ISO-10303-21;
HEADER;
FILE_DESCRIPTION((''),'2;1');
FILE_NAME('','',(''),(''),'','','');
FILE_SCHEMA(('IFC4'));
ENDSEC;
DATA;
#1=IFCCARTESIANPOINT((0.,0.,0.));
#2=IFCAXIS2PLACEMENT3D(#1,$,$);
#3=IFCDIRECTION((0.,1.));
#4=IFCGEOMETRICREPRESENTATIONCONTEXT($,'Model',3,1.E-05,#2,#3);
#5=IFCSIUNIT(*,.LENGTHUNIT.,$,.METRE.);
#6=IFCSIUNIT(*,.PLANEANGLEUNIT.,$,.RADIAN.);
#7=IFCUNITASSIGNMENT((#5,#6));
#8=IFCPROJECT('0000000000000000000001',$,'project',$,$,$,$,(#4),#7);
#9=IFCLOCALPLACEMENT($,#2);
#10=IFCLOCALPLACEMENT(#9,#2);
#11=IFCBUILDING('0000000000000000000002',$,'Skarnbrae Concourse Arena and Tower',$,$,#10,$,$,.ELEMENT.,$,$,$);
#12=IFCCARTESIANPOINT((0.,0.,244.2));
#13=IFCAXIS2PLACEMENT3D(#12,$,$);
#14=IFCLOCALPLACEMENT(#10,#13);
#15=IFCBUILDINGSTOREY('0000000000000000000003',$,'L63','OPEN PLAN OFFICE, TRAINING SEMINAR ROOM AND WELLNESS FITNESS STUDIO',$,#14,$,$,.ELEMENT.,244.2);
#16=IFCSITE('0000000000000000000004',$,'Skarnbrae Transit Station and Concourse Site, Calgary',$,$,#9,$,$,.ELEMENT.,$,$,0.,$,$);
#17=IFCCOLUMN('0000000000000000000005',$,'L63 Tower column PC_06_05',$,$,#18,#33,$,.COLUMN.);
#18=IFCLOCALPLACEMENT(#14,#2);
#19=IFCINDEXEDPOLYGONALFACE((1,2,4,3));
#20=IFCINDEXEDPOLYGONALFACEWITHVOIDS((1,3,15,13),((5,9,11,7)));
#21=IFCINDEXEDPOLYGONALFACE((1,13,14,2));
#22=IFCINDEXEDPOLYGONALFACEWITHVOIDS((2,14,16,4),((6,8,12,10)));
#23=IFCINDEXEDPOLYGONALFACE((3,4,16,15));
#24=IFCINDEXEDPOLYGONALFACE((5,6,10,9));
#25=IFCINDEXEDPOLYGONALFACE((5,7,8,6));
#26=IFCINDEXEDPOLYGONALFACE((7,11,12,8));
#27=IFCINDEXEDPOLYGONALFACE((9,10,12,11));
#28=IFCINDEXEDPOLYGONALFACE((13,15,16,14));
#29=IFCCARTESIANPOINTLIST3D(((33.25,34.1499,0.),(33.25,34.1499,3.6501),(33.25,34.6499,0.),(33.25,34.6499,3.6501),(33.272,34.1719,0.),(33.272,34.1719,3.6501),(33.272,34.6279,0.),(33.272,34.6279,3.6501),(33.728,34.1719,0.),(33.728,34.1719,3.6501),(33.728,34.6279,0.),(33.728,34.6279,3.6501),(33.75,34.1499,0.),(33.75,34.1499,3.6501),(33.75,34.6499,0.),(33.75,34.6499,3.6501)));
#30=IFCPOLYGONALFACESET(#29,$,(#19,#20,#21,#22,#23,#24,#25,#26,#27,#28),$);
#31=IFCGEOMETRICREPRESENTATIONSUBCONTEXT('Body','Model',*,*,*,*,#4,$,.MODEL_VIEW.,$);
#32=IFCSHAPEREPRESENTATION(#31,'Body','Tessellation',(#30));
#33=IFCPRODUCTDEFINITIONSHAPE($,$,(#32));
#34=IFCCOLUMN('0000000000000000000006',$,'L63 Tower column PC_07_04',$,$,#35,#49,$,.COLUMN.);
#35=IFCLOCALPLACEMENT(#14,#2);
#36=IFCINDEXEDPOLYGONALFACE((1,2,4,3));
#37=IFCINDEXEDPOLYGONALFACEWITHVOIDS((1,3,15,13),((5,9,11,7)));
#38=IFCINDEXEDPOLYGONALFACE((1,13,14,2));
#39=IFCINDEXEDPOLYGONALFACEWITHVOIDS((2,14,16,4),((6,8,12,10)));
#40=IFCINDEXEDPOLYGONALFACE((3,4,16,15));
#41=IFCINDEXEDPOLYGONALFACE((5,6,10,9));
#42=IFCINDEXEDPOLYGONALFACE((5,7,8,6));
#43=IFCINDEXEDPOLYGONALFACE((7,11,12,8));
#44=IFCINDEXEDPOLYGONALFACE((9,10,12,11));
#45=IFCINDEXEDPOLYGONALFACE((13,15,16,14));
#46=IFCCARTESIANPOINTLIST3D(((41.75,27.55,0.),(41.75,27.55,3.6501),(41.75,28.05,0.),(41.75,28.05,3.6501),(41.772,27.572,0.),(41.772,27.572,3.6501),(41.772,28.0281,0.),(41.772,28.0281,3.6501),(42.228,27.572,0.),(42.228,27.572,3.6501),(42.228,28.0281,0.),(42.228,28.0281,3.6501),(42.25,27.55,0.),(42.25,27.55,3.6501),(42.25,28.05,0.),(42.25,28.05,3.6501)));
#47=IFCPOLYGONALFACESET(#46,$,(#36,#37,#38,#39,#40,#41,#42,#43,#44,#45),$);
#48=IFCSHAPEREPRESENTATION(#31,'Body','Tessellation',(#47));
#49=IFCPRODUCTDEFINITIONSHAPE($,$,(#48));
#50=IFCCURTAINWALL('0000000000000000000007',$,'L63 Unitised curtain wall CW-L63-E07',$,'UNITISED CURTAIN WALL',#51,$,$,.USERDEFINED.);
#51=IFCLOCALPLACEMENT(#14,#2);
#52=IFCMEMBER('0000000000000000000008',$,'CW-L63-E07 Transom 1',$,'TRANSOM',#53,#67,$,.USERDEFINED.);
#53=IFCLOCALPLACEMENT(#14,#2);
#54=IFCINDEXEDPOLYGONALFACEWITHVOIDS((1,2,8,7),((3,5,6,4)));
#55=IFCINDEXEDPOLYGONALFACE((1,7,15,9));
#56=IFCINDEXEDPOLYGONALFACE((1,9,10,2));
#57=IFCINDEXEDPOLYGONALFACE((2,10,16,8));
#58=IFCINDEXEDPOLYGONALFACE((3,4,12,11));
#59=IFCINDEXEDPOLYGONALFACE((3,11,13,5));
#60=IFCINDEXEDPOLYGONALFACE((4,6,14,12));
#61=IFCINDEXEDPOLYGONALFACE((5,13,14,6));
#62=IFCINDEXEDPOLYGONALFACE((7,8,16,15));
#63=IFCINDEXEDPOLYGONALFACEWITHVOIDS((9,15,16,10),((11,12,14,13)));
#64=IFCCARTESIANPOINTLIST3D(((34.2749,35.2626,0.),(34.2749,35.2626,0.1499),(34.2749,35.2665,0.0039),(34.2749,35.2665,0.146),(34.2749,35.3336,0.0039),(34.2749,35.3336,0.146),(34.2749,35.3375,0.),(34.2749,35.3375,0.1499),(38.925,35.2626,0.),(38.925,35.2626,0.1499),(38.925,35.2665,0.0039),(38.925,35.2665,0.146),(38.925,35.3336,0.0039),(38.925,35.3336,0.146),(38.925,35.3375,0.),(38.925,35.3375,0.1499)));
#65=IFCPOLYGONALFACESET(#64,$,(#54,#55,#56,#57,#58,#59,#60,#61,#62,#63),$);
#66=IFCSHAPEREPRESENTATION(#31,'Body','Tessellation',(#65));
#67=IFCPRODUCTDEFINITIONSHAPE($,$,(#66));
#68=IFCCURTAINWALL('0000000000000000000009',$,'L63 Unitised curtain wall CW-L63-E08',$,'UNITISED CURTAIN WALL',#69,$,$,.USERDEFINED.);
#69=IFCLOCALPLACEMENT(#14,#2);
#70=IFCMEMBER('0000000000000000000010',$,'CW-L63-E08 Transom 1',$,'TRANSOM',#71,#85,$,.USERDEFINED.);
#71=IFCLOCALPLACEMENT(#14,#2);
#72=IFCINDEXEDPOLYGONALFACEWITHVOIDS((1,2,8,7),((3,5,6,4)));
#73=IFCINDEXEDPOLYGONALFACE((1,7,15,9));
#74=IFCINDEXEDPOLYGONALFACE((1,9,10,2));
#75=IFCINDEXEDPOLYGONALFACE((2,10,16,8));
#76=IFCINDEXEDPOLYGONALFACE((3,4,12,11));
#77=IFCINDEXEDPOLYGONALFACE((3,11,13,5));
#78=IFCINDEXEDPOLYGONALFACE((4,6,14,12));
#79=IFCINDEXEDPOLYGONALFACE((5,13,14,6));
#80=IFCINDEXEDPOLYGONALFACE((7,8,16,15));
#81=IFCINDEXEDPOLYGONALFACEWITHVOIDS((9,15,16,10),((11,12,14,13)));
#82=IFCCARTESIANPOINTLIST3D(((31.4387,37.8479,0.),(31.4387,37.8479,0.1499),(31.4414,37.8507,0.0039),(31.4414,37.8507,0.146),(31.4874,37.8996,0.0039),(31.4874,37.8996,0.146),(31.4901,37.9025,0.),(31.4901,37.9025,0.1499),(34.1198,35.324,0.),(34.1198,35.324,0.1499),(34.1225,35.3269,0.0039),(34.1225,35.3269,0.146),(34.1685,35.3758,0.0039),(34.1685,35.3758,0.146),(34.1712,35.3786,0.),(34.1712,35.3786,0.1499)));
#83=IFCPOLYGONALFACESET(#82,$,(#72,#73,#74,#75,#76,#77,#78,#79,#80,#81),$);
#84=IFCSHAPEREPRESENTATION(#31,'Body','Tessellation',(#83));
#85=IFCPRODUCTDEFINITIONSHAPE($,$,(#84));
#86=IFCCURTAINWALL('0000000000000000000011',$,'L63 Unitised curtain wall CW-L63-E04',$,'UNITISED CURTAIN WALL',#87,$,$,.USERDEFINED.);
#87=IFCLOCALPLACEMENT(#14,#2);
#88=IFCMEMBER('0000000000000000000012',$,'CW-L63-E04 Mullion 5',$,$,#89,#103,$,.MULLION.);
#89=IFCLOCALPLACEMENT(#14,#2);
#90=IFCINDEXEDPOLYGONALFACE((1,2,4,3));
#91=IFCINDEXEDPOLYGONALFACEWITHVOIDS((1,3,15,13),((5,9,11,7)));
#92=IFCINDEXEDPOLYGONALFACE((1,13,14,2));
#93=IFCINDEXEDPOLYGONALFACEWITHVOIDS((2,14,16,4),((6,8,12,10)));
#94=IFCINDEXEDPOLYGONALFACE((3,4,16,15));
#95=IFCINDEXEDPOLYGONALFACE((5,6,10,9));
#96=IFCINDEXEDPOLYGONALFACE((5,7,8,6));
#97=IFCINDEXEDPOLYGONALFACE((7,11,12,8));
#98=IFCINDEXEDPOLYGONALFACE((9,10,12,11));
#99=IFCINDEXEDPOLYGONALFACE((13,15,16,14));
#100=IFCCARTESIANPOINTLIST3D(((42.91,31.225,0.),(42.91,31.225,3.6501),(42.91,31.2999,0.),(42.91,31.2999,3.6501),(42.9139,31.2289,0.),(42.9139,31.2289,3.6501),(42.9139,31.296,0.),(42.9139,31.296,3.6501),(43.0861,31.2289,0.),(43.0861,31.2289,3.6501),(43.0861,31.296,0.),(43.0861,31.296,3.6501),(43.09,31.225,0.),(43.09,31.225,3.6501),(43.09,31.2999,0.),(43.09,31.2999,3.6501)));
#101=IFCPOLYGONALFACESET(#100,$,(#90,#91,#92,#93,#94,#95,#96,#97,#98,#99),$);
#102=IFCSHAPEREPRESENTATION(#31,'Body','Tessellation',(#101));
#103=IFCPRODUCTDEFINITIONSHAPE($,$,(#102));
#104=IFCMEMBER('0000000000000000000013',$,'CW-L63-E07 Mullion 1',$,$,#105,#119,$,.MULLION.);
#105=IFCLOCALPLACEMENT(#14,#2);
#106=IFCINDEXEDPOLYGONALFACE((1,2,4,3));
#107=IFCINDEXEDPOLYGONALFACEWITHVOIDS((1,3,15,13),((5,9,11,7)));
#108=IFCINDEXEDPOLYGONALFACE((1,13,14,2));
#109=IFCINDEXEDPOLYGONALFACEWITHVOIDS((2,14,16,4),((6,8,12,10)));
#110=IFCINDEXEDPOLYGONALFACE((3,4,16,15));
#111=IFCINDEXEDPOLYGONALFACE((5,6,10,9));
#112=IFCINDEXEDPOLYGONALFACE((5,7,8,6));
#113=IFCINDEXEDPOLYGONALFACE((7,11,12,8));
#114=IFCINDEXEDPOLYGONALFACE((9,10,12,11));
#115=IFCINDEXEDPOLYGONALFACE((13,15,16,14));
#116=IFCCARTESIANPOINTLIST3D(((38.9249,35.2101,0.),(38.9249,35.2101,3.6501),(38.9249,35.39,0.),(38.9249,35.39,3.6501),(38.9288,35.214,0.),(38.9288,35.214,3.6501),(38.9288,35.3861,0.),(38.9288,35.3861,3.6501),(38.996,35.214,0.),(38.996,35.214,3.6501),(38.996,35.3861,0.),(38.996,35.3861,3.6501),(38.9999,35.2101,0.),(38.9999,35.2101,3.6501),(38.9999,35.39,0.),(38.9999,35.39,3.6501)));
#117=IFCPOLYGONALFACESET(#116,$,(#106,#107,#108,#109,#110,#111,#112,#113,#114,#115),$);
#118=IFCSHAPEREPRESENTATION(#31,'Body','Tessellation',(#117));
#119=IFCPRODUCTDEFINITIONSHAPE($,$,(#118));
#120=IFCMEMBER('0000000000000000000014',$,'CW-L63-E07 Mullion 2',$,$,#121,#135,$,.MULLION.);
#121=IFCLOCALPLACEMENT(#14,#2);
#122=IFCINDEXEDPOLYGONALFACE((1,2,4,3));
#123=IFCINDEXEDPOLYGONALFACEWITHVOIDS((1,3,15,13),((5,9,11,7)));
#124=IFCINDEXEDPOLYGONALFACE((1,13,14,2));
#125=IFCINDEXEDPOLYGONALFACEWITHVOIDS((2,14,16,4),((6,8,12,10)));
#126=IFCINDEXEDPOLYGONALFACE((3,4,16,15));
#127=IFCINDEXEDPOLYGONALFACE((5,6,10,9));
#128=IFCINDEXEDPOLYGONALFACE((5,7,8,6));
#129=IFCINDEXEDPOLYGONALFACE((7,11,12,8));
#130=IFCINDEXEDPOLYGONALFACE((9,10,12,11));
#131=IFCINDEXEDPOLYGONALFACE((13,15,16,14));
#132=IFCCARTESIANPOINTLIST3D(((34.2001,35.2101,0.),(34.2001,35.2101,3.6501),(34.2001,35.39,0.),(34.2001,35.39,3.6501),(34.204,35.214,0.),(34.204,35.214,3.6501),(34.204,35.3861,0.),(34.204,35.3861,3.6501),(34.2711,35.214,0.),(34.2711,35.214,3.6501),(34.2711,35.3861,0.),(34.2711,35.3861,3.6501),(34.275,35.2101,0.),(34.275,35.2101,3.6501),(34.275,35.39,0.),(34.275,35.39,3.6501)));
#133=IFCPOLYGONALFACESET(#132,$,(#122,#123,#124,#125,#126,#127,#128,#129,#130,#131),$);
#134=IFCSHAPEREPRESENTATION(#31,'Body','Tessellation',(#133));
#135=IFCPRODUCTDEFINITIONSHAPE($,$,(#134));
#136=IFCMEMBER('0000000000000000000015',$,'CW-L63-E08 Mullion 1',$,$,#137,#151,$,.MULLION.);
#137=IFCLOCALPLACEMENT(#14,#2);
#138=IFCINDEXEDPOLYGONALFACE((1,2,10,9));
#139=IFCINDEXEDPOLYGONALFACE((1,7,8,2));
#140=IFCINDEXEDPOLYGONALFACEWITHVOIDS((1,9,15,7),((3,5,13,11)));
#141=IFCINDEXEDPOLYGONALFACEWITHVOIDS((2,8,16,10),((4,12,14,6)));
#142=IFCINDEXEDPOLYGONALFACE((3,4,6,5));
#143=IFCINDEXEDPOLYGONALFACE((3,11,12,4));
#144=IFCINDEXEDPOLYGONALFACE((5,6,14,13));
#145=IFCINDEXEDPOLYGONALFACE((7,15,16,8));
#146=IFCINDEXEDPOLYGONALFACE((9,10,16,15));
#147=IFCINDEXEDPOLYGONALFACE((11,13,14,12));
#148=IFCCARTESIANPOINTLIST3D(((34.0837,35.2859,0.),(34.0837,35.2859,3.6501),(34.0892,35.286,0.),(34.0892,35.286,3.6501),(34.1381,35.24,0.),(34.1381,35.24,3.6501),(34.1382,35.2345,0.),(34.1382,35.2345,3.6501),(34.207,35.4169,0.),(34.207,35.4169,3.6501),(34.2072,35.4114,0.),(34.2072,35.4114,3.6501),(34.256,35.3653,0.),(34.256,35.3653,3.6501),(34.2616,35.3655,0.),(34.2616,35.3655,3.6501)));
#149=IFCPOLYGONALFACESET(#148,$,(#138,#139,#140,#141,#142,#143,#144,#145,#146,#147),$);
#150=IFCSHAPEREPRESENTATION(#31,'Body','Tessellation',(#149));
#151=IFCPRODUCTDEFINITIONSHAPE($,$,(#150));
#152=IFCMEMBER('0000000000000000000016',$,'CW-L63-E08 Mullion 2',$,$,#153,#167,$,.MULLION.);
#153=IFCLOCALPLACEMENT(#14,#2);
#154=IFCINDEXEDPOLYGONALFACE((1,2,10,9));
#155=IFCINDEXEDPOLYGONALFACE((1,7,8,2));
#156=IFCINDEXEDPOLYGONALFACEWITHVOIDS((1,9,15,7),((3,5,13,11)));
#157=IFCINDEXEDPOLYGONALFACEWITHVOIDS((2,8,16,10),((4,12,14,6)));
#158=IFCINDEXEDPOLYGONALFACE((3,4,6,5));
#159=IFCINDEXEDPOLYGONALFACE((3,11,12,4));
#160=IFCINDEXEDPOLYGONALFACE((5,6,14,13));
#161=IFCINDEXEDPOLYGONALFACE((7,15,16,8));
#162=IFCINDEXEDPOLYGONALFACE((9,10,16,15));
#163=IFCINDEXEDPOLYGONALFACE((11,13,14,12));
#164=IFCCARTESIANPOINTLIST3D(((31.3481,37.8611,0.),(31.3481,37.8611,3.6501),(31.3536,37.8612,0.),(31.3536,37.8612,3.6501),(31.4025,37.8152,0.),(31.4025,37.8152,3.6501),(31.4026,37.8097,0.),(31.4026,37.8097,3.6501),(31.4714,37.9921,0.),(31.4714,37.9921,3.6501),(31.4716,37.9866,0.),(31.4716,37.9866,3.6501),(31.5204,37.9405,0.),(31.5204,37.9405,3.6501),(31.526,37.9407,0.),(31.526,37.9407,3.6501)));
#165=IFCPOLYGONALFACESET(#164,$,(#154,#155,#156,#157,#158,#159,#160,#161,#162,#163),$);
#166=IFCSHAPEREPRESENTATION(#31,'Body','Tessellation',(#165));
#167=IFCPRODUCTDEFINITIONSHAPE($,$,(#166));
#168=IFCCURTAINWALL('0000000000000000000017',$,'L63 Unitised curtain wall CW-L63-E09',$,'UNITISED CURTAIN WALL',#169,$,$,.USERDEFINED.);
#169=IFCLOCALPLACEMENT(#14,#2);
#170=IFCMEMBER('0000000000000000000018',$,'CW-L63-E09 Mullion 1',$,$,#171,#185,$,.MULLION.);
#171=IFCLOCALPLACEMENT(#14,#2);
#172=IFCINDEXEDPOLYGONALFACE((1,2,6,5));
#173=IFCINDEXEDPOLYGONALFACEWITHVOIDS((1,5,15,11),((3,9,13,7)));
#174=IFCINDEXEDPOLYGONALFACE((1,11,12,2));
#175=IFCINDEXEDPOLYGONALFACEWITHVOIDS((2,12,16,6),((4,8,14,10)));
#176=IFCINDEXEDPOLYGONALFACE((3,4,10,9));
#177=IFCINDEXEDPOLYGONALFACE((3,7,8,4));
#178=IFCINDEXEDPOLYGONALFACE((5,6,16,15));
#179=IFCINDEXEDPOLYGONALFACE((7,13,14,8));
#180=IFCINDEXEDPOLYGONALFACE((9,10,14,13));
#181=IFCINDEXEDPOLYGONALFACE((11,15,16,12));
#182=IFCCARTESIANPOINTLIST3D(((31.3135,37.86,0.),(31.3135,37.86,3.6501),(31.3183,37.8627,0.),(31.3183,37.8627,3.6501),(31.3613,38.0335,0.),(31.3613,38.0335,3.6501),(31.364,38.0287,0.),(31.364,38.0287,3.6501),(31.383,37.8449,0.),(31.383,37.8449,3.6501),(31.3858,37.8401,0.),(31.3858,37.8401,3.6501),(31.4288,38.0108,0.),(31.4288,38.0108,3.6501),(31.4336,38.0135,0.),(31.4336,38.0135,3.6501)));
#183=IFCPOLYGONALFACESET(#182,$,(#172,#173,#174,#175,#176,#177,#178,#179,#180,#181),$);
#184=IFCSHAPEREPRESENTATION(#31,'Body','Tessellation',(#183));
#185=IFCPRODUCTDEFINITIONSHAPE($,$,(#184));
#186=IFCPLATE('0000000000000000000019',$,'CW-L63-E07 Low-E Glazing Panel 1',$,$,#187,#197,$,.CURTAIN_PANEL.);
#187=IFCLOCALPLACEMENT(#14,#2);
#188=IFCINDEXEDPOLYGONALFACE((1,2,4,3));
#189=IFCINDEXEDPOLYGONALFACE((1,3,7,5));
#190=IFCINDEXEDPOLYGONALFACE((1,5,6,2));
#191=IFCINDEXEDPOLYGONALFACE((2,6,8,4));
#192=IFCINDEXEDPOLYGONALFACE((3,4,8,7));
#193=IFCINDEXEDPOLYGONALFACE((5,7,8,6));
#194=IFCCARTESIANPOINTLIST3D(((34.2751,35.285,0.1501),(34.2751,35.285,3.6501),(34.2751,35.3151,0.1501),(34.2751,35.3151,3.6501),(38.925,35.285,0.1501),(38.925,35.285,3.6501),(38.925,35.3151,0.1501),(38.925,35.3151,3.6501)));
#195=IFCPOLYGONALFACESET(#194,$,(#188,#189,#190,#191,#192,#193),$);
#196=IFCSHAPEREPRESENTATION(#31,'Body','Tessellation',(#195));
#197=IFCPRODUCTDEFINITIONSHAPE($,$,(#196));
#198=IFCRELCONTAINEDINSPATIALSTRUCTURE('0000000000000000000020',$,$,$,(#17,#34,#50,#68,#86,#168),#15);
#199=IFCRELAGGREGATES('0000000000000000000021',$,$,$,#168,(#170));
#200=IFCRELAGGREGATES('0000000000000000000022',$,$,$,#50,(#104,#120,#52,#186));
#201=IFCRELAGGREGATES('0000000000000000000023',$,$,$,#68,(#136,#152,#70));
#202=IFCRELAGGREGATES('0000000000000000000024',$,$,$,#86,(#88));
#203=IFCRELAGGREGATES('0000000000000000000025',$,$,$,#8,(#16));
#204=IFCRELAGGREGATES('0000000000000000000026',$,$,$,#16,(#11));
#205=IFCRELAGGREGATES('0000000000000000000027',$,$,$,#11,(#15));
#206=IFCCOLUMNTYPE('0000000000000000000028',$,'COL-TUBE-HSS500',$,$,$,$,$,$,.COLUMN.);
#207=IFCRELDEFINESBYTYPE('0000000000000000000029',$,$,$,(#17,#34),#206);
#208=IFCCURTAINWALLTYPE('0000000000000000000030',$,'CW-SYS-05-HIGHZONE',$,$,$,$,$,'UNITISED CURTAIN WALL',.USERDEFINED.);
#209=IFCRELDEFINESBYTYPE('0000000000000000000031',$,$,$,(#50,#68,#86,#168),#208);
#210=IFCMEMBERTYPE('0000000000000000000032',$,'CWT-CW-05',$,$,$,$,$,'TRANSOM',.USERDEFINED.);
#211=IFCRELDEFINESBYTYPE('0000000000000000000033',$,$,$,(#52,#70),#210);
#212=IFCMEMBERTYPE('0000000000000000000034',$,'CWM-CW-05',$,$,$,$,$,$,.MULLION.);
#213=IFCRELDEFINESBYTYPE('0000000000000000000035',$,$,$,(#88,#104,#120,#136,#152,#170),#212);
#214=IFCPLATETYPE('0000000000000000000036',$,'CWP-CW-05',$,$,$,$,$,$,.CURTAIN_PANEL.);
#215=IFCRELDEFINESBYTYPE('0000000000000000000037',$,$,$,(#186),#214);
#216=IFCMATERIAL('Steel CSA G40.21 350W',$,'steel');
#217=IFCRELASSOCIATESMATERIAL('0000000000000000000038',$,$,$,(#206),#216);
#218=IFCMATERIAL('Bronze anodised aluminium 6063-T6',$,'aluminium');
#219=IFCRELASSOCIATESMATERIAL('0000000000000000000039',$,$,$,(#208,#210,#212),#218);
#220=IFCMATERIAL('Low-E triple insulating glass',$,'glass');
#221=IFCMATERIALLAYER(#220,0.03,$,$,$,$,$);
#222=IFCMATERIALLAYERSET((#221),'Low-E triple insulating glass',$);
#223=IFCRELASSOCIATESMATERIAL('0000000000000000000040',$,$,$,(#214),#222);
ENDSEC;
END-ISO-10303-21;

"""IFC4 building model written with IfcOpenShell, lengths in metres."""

from ifc_helpers import new_model, si_unit, direction, frame, origin, origin_2d, place, context, subcontext, project, spatial, rectangle, hollow_rectangle, extrude, source, transform, mapped, material, layer, layer_set, material_profile, profile_set, type_object, element, aggregate, save


model = new_model("IFC4")

# Units and contexts
model_context = context("Model", 3, precision=1e-05, world=origin(), true_north=direction((0.0, 1.0)))
body_context = subcontext(model_context, "Body", "Model", "MODEL_VIEW")
ifc_project = project(units=[si_unit("LENGTHUNIT", "METRE"), si_unit("PLANEANGLEUNIT", "RADIAN")], contexts=[model_context])

# Site, building, storey
site_placement = place(None, origin())
site = spatial("IfcSite", under=ifc_project, at=site_placement, Name="Skarnbrae Transit Station and Concourse Site, Calgary", CompositionType="ELEMENT", RefElevation=0.0)
building_placement = place(site_placement, origin())
building = spatial("IfcBuilding", under=site, at=building_placement, Name="Skarnbrae Concourse Arena and Tower", CompositionType="ELEMENT")
storey_placement = place(building_placement, frame((0.0, 0.0, 244.2)))
storey = spatial("IfcBuildingStorey", under=building, at=storey_placement, Name="L63", Description="OPEN PLAN OFFICE, TRAINING SEMINAR ROOM AND WELLNESS FITNESS STUDIO", CompositionType="ELEMENT", Elevation=244.2)

# Columns
ifc_material_1 = material(Name="Steel CSA G40.21 350W", Category="steel")
ifc_material_profile_1 = material_profile(ifc_material_1, hollow_rectangle(XDim=0.5, YDim=0.5, WallThickness=0.022, at=origin_2d()), Name="HSS500X500X22.0")
ifc_profile_set_1 = profile_set([ifc_material_profile_1], Name="Steel CSA G40.21 350W")
column_type = type_object("IfcColumnType", Name="COL-TUBE-HSS500", PredefinedType="COLUMN", material=ifc_profile_set_1)
shared_shape_1 = source(origin(), body_context, "Body", "SweptSolid", [
    extrude(hollow_rectangle(XDim=0.5, YDim=0.5, WallThickness=0.022, at=origin_2d()), origin(), (0.0, 0.0, 1.0), 3.6501),
])
for number, where, z_axis, x_axis, name in (
    (1, (33.5, 34.3999, 0.0), (0.0, 0.0, 1.0), (1.0, 0.0, 0.0), "L63 Tower column PC_06_05"),
    (2, (42.0, 27.8, 0.0), (0.0, 0.0, 1.0), (1.0, 0.0, 0.0), "L63 Tower column PC_07_04"),
):
    element("IfcColumn", number, at=place(storey_placement, frame(where, z_axis=z_axis, x_axis=x_axis)), inside=storey, type_object=column_type, Name=name, PredefinedType="COLUMN", context=body_context, shape_type="MappedRepresentation", body=[
        mapped(shared_shape_1, transform((0.0, 0.0, 0.0))),
    ])

# Curtain walls, members
ifc_material_2 = material(Name="Bronze anodised aluminium 6063-T6", Category="aluminium")
curtain_wall_type = type_object("IfcCurtainWallType", Name="CW-SYS-05-HIGHZONE", ElementType="UNITISED CURTAIN WALL", PredefinedType="USERDEFINED", material=ifc_material_2)
curtain_wall_1_placement = place(storey_placement, origin())
curtain_wall_1 = element("IfcCurtainWall", 3, at=curtain_wall_1_placement, inside=storey, type_object=curtain_wall_type, Name="L63 Unitised curtain wall CW-L63-E07", ObjectType="UNITISED CURTAIN WALL", PredefinedType="USERDEFINED")
ifc_material_profile_2 = material_profile(ifc_material_2, hollow_rectangle(XDim=0.075, YDim=0.1499, WallThickness=0.0039, at=origin_2d()), Name="ALU-TRAN-75X150")
ifc_profile_set_2 = profile_set([ifc_material_profile_2], Name="Bronze anodised aluminium 6063-T6")
member_type_1 = type_object("IfcMemberType", Name="CWT-CW-05", ElementType="TRANSOM", PredefinedType="USERDEFINED", material=ifc_profile_set_2)
shared_shape_2 = source(origin(), body_context, "Body", "SweptSolid", [
    extrude(hollow_rectangle(XDim=0.075, YDim=0.1499, WallThickness=0.0039, at=origin_2d()), origin(), (0.0, 0.0, 1.0), 4.6501),
])
member_1_placement = place(storey_placement, frame((38.925, 35.3, 0.075), z_axis=(-1.0, 0.0, 0.0), x_axis=(0.0, -1.0, 0.0)))
member_1 = element("IfcMember", 4, at=member_1_placement, type_object=member_type_1, Name="CW-L63-E07 Transom 1", ObjectType="TRANSOM", PredefinedType="USERDEFINED", context=body_context, shape_type="MappedRepresentation", body=[
    mapped(shared_shape_2, transform((0.0, 0.0, 0.0))),
])
curtain_wall_2_placement = place(storey_placement, origin())
curtain_wall_2 = element("IfcCurtainWall", 5, at=curtain_wall_2_placement, inside=storey, type_object=curtain_wall_type, Name="L63 Unitised curtain wall CW-L63-E08", ObjectType="UNITISED CURTAIN WALL", PredefinedType="USERDEFINED")
shared_shape_3 = source(origin(), body_context, "Body", "SweptSolid", [
    extrude(hollow_rectangle(XDim=0.075, YDim=0.1499, WallThickness=0.0039, at=origin_2d()), origin(), (0.0, 0.0, 1.0), 3.6821),
])
member_2_placement = place(storey_placement, frame((34.1455, 35.3513, 0.075), z_axis=(-0.728134, 0.685435, 0.0), x_axis=(-0.685435, -0.728134, 0.0)))
member_2 = element("IfcMember", 6, at=member_2_placement, type_object=member_type_1, Name="CW-L63-E08 Transom 1", ObjectType="TRANSOM", PredefinedType="USERDEFINED", context=body_context, shape_type="MappedRepresentation", body=[
    mapped(shared_shape_3, transform((0.0, 0.0, 0.0))),
])
curtain_wall_3_placement = place(storey_placement, origin())
curtain_wall_3 = element("IfcCurtainWall", 7, at=curtain_wall_3_placement, inside=storey, type_object=curtain_wall_type, Name="L63 Unitised curtain wall CW-L63-E04", ObjectType="UNITISED CURTAIN WALL", PredefinedType="USERDEFINED")
ifc_material_profile_3 = material_profile(ifc_material_2, hollow_rectangle(XDim=0.075, YDim=0.1799, WallThickness=0.0039, at=origin_2d()), Name="ALU-MULL-75X180")
ifc_profile_set_3 = profile_set([ifc_material_profile_3], Name="Bronze anodised aluminium 6063-T6")
member_type_2 = type_object("IfcMemberType", Name="CWM-CW-05", PredefinedType="MULLION", material=ifc_profile_set_3)
shared_shape_4 = source(origin(), body_context, "Body", "SweptSolid", [
    extrude(hollow_rectangle(XDim=0.075, YDim=0.1799, WallThickness=0.0039, at=origin_2d()), origin(), (0.0, 0.0, 1.0), 3.6501),
])
member_3_placement = place(storey_placement, frame((43.0, 31.2625, 0.0), z_axis=(0.0, 0.0, 1.0), x_axis=(0.0, 1.0, 0.0)))
member_3 = element("IfcMember", 8, at=member_3_placement, type_object=member_type_2, Name="CW-L63-E04 Mullion 5", PredefinedType="MULLION", context=body_context, shape_type="MappedRepresentation", body=[
    mapped(shared_shape_4, transform((0.0, 0.0, 0.0))),
])

# Members
member_4_placement = place(storey_placement, frame((38.9624, 35.3, 0.0), z_axis=(0.0, 0.0, 1.0), x_axis=(-1.0, 0.0, 0.0)))
member_4 = element("IfcMember", 9, at=member_4_placement, type_object=member_type_2, Name="CW-L63-E07 Mullion 1", PredefinedType="MULLION", context=body_context, shape_type="MappedRepresentation", body=[
    mapped(shared_shape_4, transform((0.0, 0.0, 0.0))),
])
member_5_placement = place(storey_placement, frame((34.2375, 35.3, 0.0), z_axis=(0.0, 0.0, 1.0), x_axis=(-1.0, 0.0, 0.0)))
member_5 = element("IfcMember", 10, at=member_5_placement, type_object=member_type_2, Name="CW-L63-E07 Mullion 2", PredefinedType="MULLION", context=body_context, shape_type="MappedRepresentation", body=[
    mapped(shared_shape_4, transform((0.0, 0.0, 0.0))),
])
member_6_placement = place(storey_placement, frame((34.1726, 35.3257, 0.0), z_axis=(0.0, 0.0, 1.0), x_axis=(-0.728131, 0.685438, 0.0)))
member_6 = element("IfcMember", 11, at=member_6_placement, type_object=member_type_2, Name="CW-L63-E08 Mullion 1", PredefinedType="MULLION", context=body_context, shape_type="MappedRepresentation", body=[
    mapped(shared_shape_4, transform((0.0, 0.0, 0.0))),
])
member_7_placement = place(storey_placement, frame((31.437, 37.9009, 0.0), z_axis=(0.0, 0.0, 1.0), x_axis=(-0.728131, 0.685438, 0.0)))
member_7 = element("IfcMember", 12, at=member_7_placement, type_object=member_type_2, Name="CW-L63-E08 Mullion 2", PredefinedType="MULLION", context=body_context, shape_type="MappedRepresentation", body=[
    mapped(shared_shape_4, transform((0.0, 0.0, 0.0))),
])

# Curtain wall, member
curtain_wall_4_placement = place(storey_placement, origin())
curtain_wall_4 = element("IfcCurtainWall", 13, at=curtain_wall_4_placement, inside=storey, type_object=curtain_wall_type, Name="L63 Unitised curtain wall CW-L63-E09", ObjectType="UNITISED CURTAIN WALL", PredefinedType="USERDEFINED")
member_8_placement = place(storey_placement, frame((31.3735, 37.9368, 0.0), z_axis=(0.0, 0.0, 1.0), x_axis=(-0.964057, 0.265694, 0.0)))
member_8 = element("IfcMember", 14, at=member_8_placement, type_object=member_type_2, Name="CW-L63-E09 Mullion 1", PredefinedType="MULLION", context=body_context, shape_type="MappedRepresentation", body=[
    mapped(shared_shape_4, transform((0.0, 0.0, 0.0))),
])
aggregate(curtain_wall_4, [member_8])

# Plate
ifc_material_3 = material(Name="Low-E triple insulating glass", Category="glass")
ifc_layer_1 = layer(ifc_material_3, 0.03)
ifc_layer_set_1 = layer_set([ifc_layer_1], Name="Low-E triple insulating glass")
plate_type = type_object("IfcPlateType", Name="CWP-CW-05", PredefinedType="CURTAIN_PANEL", material=ifc_layer_set_1)
shared_shape_5 = source(origin(), body_context, "Body", "SweptSolid", [
    extrude(rectangle(XDim=4.6499, YDim=0.03, at=origin_2d()), origin(), (0.0, 0.0, 1.0), 3.5),
])
plate_1_placement = place(storey_placement, frame((36.6001, 35.3, 0.1501), z_axis=(0.0, 0.0, 1.0), x_axis=(-1.0, 0.0, 0.0)))
plate_1 = element("IfcPlate", 15, at=plate_1_placement, type_object=plate_type, Name="CW-L63-E07 Low-E Glazing Panel 1", PredefinedType="CURTAIN_PANEL", context=body_context, shape_type="MappedRepresentation", body=[
    mapped(shared_shape_5, transform((0.0, 0.0, 0.0))),
])
aggregate(curtain_wall_1, [member_4, member_5, member_1, plate_1])
aggregate(curtain_wall_2, [member_6, member_7, member_2])
aggregate(curtain_wall_3, [member_3])

save(model, "model.ifc")
